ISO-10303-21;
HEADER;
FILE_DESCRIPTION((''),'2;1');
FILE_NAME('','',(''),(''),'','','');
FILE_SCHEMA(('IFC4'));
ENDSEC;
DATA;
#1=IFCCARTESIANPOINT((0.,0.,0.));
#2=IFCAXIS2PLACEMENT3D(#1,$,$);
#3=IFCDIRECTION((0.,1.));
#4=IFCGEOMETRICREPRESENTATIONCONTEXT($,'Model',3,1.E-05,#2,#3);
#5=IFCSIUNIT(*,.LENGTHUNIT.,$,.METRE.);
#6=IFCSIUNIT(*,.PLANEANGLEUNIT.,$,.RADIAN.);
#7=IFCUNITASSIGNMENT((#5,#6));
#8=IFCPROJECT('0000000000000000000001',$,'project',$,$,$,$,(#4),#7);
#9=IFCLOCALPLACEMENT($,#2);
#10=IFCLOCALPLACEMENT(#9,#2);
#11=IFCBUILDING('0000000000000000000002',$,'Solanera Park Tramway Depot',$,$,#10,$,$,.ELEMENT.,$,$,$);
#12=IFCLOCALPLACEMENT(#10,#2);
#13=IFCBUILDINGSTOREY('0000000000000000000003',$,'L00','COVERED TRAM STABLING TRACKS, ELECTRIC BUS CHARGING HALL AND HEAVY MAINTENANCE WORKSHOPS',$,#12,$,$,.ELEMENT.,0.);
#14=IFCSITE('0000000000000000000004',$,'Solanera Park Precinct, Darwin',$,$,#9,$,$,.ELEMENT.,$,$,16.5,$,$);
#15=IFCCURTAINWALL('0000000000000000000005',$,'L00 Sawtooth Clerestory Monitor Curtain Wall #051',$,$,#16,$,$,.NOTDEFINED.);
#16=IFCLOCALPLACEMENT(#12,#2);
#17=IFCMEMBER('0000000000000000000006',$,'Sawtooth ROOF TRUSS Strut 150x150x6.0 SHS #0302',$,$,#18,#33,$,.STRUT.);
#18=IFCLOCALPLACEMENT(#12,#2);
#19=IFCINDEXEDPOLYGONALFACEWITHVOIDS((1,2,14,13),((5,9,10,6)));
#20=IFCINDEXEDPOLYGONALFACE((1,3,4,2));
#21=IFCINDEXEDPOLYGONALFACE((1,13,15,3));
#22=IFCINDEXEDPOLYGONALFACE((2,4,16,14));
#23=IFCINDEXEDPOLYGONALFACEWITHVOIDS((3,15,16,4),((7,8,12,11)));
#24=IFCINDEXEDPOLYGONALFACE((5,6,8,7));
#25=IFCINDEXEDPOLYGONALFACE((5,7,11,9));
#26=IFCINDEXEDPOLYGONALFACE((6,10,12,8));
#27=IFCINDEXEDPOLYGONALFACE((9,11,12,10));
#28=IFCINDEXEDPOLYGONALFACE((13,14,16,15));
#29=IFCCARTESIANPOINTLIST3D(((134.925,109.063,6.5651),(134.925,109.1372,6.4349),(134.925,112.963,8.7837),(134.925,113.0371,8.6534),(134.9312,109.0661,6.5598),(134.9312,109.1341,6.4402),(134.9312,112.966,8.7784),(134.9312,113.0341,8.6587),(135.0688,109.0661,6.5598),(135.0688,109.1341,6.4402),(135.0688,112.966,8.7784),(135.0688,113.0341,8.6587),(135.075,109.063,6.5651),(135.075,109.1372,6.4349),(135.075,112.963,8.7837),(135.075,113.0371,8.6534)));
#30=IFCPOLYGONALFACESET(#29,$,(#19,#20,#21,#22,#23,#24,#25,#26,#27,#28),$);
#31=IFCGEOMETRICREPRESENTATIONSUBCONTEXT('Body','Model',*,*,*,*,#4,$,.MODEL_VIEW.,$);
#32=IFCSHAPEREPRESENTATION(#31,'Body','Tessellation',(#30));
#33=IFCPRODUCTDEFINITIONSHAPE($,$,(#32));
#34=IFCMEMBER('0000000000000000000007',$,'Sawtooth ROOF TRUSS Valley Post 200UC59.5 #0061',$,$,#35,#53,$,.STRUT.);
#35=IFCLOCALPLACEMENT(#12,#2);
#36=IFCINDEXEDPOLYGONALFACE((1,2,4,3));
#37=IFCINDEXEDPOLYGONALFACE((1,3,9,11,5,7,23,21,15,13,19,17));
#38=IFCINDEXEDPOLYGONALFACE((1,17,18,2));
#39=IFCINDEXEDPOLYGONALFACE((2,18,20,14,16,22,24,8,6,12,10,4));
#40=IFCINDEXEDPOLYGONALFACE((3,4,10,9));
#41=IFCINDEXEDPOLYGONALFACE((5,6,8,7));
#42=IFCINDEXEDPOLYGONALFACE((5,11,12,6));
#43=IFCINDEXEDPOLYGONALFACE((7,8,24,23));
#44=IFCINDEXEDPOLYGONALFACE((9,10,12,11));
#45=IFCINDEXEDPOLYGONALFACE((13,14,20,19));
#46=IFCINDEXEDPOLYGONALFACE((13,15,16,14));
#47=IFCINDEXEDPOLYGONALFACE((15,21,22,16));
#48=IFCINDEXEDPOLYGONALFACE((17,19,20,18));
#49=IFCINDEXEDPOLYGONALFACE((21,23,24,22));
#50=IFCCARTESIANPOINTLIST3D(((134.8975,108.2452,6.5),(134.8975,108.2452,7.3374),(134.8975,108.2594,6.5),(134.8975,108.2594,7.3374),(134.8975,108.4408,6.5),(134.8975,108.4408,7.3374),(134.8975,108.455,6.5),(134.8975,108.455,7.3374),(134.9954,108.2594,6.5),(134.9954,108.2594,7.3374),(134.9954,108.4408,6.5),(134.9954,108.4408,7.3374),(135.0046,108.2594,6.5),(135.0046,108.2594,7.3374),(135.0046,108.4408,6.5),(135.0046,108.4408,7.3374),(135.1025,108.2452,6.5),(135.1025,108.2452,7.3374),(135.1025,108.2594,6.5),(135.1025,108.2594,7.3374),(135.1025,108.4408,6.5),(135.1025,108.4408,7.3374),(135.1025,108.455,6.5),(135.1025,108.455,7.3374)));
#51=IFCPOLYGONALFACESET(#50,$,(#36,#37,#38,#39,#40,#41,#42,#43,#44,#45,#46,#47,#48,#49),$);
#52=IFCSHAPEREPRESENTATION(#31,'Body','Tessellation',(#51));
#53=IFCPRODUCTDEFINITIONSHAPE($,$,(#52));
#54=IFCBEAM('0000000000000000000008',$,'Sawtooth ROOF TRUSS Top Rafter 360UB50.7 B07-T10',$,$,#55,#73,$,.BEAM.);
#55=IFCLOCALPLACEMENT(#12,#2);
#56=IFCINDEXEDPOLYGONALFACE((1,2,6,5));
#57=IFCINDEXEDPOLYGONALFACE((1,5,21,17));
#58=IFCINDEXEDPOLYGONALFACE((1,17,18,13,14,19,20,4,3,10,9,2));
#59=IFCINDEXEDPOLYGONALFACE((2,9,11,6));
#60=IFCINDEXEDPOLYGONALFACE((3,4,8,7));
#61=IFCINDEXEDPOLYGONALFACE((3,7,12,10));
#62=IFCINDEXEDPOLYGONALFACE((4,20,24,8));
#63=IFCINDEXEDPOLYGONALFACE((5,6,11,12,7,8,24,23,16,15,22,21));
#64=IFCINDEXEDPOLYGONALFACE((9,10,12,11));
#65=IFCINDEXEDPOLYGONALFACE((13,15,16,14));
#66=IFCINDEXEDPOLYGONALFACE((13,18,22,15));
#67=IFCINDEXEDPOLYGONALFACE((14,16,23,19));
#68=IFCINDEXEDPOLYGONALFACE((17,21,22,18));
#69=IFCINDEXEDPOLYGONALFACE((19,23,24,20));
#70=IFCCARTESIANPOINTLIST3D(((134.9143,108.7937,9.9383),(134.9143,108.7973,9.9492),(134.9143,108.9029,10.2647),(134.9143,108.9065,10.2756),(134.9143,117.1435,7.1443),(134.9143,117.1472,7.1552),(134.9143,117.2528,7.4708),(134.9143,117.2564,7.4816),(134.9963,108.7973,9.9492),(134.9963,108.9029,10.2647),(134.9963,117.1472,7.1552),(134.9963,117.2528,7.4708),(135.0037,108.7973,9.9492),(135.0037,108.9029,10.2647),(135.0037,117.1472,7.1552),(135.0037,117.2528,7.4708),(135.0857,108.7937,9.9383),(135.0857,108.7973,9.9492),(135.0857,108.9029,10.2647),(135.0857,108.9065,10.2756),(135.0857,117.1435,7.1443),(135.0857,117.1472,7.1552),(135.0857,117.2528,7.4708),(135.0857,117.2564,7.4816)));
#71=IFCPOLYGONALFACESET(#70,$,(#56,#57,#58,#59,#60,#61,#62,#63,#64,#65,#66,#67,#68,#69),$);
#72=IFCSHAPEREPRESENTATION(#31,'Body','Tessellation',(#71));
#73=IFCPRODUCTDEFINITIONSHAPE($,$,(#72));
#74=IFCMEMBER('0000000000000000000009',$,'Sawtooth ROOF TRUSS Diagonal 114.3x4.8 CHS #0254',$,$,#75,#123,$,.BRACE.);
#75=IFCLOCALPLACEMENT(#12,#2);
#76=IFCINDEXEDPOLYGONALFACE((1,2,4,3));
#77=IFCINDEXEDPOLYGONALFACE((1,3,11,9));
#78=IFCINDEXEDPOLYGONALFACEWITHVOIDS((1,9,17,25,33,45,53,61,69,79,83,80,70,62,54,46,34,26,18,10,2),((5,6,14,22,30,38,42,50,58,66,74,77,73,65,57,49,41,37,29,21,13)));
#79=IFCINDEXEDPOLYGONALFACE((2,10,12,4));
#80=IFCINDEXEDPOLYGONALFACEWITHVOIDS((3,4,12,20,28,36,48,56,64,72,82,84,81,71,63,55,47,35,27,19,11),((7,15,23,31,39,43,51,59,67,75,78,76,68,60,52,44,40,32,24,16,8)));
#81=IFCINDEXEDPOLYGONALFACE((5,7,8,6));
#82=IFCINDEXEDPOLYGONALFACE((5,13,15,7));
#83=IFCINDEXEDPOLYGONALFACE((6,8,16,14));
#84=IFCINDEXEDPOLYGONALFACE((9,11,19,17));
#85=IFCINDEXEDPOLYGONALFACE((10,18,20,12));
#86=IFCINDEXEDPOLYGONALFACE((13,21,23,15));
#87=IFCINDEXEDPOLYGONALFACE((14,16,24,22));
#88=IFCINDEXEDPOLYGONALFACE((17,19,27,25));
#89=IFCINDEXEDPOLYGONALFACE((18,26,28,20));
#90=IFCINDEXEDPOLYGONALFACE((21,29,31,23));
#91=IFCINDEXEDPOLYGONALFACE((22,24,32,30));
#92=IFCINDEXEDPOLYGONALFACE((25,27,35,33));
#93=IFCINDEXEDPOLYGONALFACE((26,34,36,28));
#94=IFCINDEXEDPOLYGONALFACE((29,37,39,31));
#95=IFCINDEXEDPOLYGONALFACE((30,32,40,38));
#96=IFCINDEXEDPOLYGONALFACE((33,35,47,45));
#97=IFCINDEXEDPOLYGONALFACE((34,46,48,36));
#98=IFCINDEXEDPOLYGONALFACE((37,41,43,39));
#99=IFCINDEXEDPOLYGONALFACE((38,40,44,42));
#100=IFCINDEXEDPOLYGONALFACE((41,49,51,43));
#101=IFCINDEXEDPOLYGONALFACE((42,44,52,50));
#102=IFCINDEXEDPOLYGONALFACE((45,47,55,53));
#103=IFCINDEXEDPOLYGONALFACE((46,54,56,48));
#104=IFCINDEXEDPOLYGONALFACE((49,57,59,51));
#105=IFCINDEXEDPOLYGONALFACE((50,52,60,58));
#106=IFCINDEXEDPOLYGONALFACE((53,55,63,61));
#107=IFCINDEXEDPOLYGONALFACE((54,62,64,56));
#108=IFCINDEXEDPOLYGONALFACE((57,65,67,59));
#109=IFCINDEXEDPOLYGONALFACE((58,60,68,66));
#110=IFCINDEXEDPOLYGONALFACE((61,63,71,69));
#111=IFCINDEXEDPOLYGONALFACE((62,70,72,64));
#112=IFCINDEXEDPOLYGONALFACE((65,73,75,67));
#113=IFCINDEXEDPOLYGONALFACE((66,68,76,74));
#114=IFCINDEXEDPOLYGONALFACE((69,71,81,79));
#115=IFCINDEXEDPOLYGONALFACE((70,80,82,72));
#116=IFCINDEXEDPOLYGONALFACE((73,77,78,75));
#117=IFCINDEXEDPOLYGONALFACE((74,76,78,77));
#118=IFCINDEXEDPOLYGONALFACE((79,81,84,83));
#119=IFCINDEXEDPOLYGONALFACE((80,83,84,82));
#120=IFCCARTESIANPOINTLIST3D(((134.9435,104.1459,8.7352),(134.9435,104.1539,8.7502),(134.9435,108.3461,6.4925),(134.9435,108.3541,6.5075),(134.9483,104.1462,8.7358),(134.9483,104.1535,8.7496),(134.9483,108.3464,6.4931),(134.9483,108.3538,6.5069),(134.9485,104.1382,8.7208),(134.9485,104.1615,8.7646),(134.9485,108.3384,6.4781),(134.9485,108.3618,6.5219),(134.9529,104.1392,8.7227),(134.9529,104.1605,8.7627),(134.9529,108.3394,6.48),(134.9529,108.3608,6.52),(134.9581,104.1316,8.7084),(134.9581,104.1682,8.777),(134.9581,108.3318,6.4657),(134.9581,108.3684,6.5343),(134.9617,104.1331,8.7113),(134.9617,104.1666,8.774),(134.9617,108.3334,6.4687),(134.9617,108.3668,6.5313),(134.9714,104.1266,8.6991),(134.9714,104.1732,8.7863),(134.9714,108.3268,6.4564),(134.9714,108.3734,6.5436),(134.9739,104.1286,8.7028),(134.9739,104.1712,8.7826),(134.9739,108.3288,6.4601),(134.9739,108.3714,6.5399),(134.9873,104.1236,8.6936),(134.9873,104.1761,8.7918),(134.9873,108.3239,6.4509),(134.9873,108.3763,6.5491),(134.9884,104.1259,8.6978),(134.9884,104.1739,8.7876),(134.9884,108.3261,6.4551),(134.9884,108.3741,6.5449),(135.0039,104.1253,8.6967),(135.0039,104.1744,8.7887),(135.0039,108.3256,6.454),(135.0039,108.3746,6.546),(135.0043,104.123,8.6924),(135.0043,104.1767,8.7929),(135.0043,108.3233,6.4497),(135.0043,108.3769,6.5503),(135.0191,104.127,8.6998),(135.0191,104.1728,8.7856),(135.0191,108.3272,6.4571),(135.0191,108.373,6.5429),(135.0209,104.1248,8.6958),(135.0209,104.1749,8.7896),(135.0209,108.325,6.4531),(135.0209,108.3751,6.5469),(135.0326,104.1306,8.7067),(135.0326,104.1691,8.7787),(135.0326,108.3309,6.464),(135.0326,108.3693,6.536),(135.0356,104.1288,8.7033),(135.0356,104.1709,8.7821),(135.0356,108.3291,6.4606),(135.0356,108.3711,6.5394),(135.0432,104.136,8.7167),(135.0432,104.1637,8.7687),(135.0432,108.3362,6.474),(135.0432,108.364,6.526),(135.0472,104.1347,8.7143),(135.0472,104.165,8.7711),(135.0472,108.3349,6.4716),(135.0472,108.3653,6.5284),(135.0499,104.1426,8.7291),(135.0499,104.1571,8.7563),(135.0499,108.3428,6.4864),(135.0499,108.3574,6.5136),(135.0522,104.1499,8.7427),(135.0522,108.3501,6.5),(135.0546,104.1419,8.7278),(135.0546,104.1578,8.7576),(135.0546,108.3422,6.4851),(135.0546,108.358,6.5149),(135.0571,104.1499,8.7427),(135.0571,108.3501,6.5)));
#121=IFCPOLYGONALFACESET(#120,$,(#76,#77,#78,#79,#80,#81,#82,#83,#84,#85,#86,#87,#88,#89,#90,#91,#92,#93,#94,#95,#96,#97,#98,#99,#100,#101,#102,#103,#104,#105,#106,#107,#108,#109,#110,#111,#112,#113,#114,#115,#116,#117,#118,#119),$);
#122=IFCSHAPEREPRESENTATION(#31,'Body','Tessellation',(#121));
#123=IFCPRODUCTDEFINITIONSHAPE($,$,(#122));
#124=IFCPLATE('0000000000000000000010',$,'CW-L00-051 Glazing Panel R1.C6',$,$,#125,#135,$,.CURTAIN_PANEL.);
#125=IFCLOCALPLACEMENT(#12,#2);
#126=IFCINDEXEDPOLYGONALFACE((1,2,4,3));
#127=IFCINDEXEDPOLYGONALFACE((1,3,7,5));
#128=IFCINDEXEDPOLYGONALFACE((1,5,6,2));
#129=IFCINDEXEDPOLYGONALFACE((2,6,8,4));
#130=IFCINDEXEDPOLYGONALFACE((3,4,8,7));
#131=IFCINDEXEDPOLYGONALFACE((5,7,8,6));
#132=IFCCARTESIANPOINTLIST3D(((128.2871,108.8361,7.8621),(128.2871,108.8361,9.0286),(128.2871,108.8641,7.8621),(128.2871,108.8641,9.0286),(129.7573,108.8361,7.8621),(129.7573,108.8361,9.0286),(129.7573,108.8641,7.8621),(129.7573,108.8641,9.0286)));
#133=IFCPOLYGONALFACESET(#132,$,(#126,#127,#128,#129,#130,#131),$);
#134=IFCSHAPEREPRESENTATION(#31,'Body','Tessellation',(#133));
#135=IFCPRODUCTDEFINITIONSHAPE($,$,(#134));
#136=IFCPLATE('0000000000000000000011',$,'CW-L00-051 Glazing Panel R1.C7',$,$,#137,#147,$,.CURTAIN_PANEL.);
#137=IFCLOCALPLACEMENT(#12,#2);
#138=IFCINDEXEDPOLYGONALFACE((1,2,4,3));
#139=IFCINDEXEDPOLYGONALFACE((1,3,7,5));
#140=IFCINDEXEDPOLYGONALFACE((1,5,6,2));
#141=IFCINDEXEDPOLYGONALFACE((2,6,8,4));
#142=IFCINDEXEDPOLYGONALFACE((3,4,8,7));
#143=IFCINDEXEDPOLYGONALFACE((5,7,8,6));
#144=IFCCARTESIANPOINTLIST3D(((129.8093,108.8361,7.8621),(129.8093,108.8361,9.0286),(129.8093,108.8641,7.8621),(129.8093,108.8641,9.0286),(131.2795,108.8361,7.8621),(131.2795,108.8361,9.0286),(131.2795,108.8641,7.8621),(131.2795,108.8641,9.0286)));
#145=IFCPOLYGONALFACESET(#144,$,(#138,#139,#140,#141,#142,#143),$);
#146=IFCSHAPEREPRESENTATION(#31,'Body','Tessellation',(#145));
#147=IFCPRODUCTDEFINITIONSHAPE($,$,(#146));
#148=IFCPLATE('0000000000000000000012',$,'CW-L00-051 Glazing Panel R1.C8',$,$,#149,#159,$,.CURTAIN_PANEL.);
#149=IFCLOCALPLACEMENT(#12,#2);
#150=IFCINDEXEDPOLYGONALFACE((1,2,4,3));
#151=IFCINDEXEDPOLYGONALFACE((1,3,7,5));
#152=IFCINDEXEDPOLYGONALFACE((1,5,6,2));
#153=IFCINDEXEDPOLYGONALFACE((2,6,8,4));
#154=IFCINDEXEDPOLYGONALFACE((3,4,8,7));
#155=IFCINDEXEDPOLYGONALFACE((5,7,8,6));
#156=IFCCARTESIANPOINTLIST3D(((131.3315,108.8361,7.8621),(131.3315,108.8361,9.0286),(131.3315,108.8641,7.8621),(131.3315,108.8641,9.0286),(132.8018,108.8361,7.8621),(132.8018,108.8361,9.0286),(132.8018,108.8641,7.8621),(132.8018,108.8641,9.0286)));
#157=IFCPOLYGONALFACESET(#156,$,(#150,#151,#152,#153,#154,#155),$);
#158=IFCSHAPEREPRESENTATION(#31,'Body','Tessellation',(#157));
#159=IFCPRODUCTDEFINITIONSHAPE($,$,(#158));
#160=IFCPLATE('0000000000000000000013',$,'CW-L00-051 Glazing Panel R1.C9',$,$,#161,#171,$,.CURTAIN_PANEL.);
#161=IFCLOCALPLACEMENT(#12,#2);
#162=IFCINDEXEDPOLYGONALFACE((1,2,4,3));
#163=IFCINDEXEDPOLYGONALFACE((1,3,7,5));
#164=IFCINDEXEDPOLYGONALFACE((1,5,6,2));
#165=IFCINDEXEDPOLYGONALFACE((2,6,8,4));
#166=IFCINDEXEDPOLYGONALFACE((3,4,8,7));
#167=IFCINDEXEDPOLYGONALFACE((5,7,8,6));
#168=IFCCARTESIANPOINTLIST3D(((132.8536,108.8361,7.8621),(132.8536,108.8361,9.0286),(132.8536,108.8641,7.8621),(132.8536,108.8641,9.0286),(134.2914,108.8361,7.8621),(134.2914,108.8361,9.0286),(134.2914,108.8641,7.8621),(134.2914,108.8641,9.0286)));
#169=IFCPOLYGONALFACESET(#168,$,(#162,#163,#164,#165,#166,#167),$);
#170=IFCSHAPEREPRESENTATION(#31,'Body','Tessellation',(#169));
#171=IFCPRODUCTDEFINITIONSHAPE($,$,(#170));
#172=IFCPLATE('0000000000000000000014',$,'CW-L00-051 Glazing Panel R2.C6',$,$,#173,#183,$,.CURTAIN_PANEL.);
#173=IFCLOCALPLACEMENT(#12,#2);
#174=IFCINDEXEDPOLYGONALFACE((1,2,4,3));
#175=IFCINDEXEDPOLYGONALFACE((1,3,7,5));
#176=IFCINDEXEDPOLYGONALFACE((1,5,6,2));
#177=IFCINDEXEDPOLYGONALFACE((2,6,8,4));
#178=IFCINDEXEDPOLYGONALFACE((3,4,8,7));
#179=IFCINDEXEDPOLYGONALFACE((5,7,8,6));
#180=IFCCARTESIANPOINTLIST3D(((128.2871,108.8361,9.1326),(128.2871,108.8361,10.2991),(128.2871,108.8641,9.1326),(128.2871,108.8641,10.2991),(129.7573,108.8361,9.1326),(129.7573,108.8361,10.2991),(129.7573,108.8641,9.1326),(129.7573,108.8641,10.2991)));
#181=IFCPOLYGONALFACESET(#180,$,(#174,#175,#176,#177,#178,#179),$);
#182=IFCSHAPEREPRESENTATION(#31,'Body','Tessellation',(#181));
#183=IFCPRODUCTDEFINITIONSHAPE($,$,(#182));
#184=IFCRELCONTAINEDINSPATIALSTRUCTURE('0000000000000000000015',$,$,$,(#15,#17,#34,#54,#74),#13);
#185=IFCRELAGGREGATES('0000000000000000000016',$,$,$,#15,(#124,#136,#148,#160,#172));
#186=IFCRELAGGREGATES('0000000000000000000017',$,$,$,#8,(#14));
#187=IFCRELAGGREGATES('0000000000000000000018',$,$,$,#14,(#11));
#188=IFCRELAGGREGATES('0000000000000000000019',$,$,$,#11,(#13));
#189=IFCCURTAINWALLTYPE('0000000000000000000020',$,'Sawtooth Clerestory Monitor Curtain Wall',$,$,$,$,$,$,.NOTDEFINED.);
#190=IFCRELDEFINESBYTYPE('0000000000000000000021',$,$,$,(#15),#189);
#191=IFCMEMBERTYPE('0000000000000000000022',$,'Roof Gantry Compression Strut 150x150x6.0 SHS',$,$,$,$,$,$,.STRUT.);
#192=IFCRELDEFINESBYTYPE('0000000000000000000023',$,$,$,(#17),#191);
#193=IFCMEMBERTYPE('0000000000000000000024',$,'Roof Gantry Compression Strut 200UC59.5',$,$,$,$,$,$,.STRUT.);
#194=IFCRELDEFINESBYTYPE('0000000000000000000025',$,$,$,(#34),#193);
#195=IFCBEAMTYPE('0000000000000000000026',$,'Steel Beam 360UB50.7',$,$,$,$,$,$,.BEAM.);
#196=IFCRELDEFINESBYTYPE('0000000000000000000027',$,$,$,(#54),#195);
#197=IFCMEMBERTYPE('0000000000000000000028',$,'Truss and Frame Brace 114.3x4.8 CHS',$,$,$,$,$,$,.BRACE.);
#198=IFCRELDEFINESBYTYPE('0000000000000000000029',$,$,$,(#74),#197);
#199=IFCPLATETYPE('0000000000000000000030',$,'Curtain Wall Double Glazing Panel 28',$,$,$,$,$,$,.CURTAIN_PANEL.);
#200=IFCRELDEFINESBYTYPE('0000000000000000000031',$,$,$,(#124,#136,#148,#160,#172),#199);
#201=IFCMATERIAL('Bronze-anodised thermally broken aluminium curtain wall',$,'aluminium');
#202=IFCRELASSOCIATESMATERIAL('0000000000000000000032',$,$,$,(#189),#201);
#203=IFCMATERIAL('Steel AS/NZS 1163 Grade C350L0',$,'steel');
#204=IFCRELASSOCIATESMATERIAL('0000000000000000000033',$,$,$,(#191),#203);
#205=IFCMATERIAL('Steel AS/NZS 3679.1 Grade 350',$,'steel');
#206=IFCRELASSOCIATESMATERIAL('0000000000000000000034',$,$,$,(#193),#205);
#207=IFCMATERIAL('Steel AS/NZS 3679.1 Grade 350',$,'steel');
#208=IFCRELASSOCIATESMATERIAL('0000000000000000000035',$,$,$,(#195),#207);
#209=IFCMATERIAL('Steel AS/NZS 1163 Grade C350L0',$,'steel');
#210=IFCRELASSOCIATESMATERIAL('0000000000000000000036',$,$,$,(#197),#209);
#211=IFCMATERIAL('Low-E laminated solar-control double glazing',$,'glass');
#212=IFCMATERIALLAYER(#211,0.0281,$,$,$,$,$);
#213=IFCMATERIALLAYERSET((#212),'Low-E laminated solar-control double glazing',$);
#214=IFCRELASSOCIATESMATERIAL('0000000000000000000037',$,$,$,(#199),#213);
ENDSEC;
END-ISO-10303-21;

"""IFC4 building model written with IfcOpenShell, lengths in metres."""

from ifc_helpers import new_model, si_unit, direction, frame, origin, origin_2d, place, context, subcontext, project, spatial, rectangle, hollow_rectangle, hollow_circle, i_section, extrude, material, layer, layer_set, material_profile, profile_set, type_object, element, aggregate, save


model = new_model("IFC4")

# Units and contexts
model_context = context("Model", 3, precision=1e-05, world=origin(), true_north=direction((0.0, 1.0)))
body_context = subcontext(model_context, "Body", "Model", "MODEL_VIEW")
ifc_project = project(units=[si_unit("LENGTHUNIT", "METRE"), si_unit("PLANEANGLEUNIT", "RADIAN")], contexts=[model_context])

# Site, building, storey
site_placement = place(None, origin())
site = spatial("IfcSite", under=ifc_project, at=site_placement, Name="Solanera Park Precinct, Darwin", CompositionType="ELEMENT", RefElevation=16.5)
building_placement = place(site_placement, origin())
building = spatial("IfcBuilding", under=site, at=building_placement, Name="Solanera Park Tramway Depot", CompositionType="ELEMENT")
storey_placement = place(building_placement, origin())
storey = spatial("IfcBuildingStorey", under=building, at=storey_placement, Name="L00", Description="COVERED TRAM STABLING TRACKS, ELECTRIC BUS CHARGING HALL AND HEAVY MAINTENANCE WORKSHOPS", CompositionType="ELEMENT", Elevation=0.0)

# Curtain wall
ifc_material_1 = material(Name="Bronze-anodised thermally broken aluminium curtain wall", Category="aluminium")
curtain_wall_type = type_object("IfcCurtainWallType", Name="Sawtooth Clerestory Monitor Curtain Wall", PredefinedType="NOTDEFINED", material=ifc_material_1)
curtain_wall_placement = place(storey_placement, origin())
curtain_wall = element("IfcCurtainWall", 1, at=curtain_wall_placement, inside=storey, type_object=curtain_wall_type, Name="L00 Sawtooth Clerestory Monitor Curtain Wall #051", PredefinedType="NOTDEFINED")

# Members
ifc_material_2 = material(Name="Steel AS/NZS 1163 Grade C350L0", Category="steel")
ifc_material_profile_1 = material_profile(ifc_material_2, hollow_rectangle(XDim=0.1499, YDim=0.1499, WallThickness=0.0061, at=origin_2d()), Name="150x150x6.0 SHS")
ifc_profile_set_1 = profile_set([ifc_material_profile_1], Name="Steel AS/NZS 1163 Grade C350L0")
member_type_1 = type_object("IfcMemberType", Name="Roof Gantry Compression Strut 150x150x6.0 SHS", PredefinedType="STRUT", material=ifc_profile_set_1)
member_1_placement = place(storey_placement, frame((135.0, 109.1001, 6.5), z_axis=(0.0, 0.869203, 0.494456), x_axis=(-1.0, 0.0, 0.0)))
element("IfcMember", 2, at=member_1_placement, inside=storey, type_object=member_type_1, Name="Sawtooth ROOF TRUSS Strut 150x150x6.0 SHS #0302", PredefinedType="STRUT", context=body_context, shape_type="SweptSolid", body=[
    extrude(hollow_rectangle(XDim=0.1499, YDim=0.1499, WallThickness=0.0061, at=origin_2d()), origin(), (0.0, 0.0, 1.0), 4.4868),
])
ifc_material_3 = material(Name="Steel AS/NZS 3679.1 Grade 350", Category="steel")
ifc_material_profile_2 = material_profile(ifc_material_3, i_section(OverallWidth=0.2051, OverallDepth=0.2097, WebThickness=0.0093, FlangeThickness=0.0142, at=origin_2d()), Name="200UC59.5")
ifc_profile_set_2 = profile_set([ifc_material_profile_2], Name="Steel AS/NZS 3679.1 Grade 350")
member_type_2 = type_object("IfcMemberType", Name="Roof Gantry Compression Strut 200UC59.5", PredefinedType="STRUT", material=ifc_profile_set_2)
member_2_placement = place(storey_placement, frame((135.0, 108.3501, 6.5), z_axis=(0.0, 0.0, 1.0), x_axis=(1.0, 0.0, 0.0)))
element("IfcMember", 3, at=member_2_placement, inside=storey, type_object=member_type_2, Name="Sawtooth ROOF TRUSS Valley Post 200UC59.5 #0061", PredefinedType="STRUT", context=body_context, shape_type="SweptSolid", body=[
    extrude(i_section(OverallWidth=0.2051, OverallDepth=0.2097, WebThickness=0.0093, FlangeThickness=0.0142, at=origin_2d()), origin(), (0.0, 0.0, 1.0), 0.8374),
])

# Beam
ifc_material_4 = material(Name="Steel AS/NZS 3679.1 Grade 350", Category="steel")
ifc_material_profile_3 = material_profile(ifc_material_4, i_section(OverallWidth=0.1714, OverallDepth=0.3557, WebThickness=0.0073, FlangeThickness=0.0115, at=origin_2d()), Name="360UB50.7")
ifc_profile_set_3 = profile_set([ifc_material_profile_3], Name="Steel AS/NZS 3679.1 Grade 350")
beam_type = type_object("IfcBeamType", Name="Steel Beam 360UB50.7", PredefinedType="BEAM", material=ifc_profile_set_3)
beam_placement = place(storey_placement, frame((135.0, 108.8501, 10.1069), z_axis=(0.0, 0.948319, -0.317317), x_axis=(-1.0, 0.0, 0.0)))
element("IfcBeam", 4, at=beam_placement, inside=storey, type_object=beam_type, Name="Sawtooth ROOF TRUSS Top Rafter 360UB50.7 B07-T10", PredefinedType="BEAM", context=body_context, shape_type="SweptSolid", body=[
    extrude(i_section(OverallWidth=0.1714, OverallDepth=0.3557, WebThickness=0.0073, FlangeThickness=0.0115, at=origin_2d()), origin(), (0.0, 0.0, 1.0), 8.8049),
])

# Member
ifc_material_5 = material(Name="Steel AS/NZS 1163 Grade C350L0", Category="steel")
ifc_material_profile_4 = material_profile(ifc_material_5, hollow_circle(Radius=0.0571, WallThickness=0.0049, at=origin_2d()), Name="114.3x4.8 CHS")
ifc_profile_set_4 = profile_set([ifc_material_profile_4], Name="Steel AS/NZS 1163 Grade C350L0")
member_type_3 = type_object("IfcMemberType", Name="Truss and Frame Brace 114.3x4.8 CHS", PredefinedType="BRACE", material=ifc_profile_set_4)
member_3_placement = place(storey_placement, frame((135.0, 108.3501, 6.5), z_axis=(0.0, -0.882129, 0.471009), x_axis=(1.0, 0.0, 0.0)))
element("IfcMember", 5, at=member_3_placement, inside=storey, type_object=member_type_3, Name="Sawtooth ROOF TRUSS Diagonal 114.3x4.8 CHS #0254", PredefinedType="BRACE", context=body_context, shape_type="SweptSolid", body=[
    extrude(hollow_circle(Radius=0.0571, WallThickness=0.0049, at=origin_2d()), origin(), (0.0, 0.0, 1.0), 4.7615),
])

# Plates
ifc_material_6 = material(Name="Low-E laminated solar-control double glazing", Category="glass")
ifc_layer_1 = layer(ifc_material_6, 0.0281)
ifc_layer_set_1 = layer_set([ifc_layer_1], Name="Low-E laminated solar-control double glazing")
plate_type_1 = type_object("IfcPlateType", Name="Curtain Wall Double Glazing Panel 28", PredefinedType="CURTAIN_PANEL", material=ifc_layer_set_1)
plate_1_placement = place(storey_placement, frame((129.0222, 108.8501, 7.8621), z_axis=(0.0, 0.0, 1.0), x_axis=(1.0, 0.0, 0.0)))
plate_1 = element("IfcPlate", 6, at=plate_1_placement, type_object=plate_type_1, Name="CW-L00-051 Glazing Panel R1.C6", PredefinedType="CURTAIN_PANEL", context=body_context, shape_type="SweptSolid", body=[
    extrude(rectangle(XDim=1.4702, YDim=0.0281, at=origin_2d()), origin(), (0.0, 0.0, 1.0), 1.1665),
])
plate_2_placement = place(storey_placement, frame((130.5444, 108.8501, 7.8621), z_axis=(0.0, 0.0, 1.0), x_axis=(1.0, 0.0, 0.0)))
plate_2 = element("IfcPlate", 7, at=plate_2_placement, type_object=plate_type_1, Name="CW-L00-051 Glazing Panel R1.C7", PredefinedType="CURTAIN_PANEL", context=body_context, shape_type="SweptSolid", body=[
    extrude(rectangle(XDim=1.4702, YDim=0.0281, at=origin_2d()), origin(), (0.0, 0.0, 1.0), 1.1665),
])
plate_3_placement = place(storey_placement, frame((132.0667, 108.8501, 7.8621), z_axis=(0.0, 0.0, 1.0), x_axis=(1.0, 0.0, 0.0)))
plate_3 = element("IfcPlate", 8, at=plate_3_placement, type_object=plate_type_1, Name="CW-L00-051 Glazing Panel R1.C8", PredefinedType="CURTAIN_PANEL", context=body_context, shape_type="SweptSolid", body=[
    extrude(rectangle(XDim=1.4702, YDim=0.0281, at=origin_2d()), origin(), (0.0, 0.0, 1.0), 1.1665),
])
plate_4_placement = place(storey_placement, frame((133.5725, 108.8501, 7.8621), z_axis=(0.0, 0.0, 1.0), x_axis=(1.0, 0.0, 0.0)))
plate_4 = element("IfcPlate", 9, at=plate_4_placement, type_object=plate_type_1, Name="CW-L00-051 Glazing Panel R1.C9", PredefinedType="CURTAIN_PANEL", context=body_context, shape_type="SweptSolid", body=[
    extrude(rectangle(XDim=1.4377, YDim=0.0281, at=origin_2d()), origin(), (0.0, 0.0, 1.0), 1.1665),
])
plate_5_placement = place(storey_placement, frame((129.0222, 108.8501, 9.1326), z_axis=(0.0, 0.0, 1.0), x_axis=(1.0, 0.0, 0.0)))
plate_5 = element("IfcPlate", 10, at=plate_5_placement, type_object=plate_type_1, Name="CW-L00-051 Glazing Panel R2.C6", PredefinedType="CURTAIN_PANEL", context=body_context, shape_type="SweptSolid", body=[
    extrude(rectangle(XDim=1.4702, YDim=0.0281, at=origin_2d()), origin(), (0.0, 0.0, 1.0), 1.1665),
])
aggregate(curtain_wall, [plate_1, plate_2, plate_3, plate_4, plate_5])

save(model, "model.ifc")
